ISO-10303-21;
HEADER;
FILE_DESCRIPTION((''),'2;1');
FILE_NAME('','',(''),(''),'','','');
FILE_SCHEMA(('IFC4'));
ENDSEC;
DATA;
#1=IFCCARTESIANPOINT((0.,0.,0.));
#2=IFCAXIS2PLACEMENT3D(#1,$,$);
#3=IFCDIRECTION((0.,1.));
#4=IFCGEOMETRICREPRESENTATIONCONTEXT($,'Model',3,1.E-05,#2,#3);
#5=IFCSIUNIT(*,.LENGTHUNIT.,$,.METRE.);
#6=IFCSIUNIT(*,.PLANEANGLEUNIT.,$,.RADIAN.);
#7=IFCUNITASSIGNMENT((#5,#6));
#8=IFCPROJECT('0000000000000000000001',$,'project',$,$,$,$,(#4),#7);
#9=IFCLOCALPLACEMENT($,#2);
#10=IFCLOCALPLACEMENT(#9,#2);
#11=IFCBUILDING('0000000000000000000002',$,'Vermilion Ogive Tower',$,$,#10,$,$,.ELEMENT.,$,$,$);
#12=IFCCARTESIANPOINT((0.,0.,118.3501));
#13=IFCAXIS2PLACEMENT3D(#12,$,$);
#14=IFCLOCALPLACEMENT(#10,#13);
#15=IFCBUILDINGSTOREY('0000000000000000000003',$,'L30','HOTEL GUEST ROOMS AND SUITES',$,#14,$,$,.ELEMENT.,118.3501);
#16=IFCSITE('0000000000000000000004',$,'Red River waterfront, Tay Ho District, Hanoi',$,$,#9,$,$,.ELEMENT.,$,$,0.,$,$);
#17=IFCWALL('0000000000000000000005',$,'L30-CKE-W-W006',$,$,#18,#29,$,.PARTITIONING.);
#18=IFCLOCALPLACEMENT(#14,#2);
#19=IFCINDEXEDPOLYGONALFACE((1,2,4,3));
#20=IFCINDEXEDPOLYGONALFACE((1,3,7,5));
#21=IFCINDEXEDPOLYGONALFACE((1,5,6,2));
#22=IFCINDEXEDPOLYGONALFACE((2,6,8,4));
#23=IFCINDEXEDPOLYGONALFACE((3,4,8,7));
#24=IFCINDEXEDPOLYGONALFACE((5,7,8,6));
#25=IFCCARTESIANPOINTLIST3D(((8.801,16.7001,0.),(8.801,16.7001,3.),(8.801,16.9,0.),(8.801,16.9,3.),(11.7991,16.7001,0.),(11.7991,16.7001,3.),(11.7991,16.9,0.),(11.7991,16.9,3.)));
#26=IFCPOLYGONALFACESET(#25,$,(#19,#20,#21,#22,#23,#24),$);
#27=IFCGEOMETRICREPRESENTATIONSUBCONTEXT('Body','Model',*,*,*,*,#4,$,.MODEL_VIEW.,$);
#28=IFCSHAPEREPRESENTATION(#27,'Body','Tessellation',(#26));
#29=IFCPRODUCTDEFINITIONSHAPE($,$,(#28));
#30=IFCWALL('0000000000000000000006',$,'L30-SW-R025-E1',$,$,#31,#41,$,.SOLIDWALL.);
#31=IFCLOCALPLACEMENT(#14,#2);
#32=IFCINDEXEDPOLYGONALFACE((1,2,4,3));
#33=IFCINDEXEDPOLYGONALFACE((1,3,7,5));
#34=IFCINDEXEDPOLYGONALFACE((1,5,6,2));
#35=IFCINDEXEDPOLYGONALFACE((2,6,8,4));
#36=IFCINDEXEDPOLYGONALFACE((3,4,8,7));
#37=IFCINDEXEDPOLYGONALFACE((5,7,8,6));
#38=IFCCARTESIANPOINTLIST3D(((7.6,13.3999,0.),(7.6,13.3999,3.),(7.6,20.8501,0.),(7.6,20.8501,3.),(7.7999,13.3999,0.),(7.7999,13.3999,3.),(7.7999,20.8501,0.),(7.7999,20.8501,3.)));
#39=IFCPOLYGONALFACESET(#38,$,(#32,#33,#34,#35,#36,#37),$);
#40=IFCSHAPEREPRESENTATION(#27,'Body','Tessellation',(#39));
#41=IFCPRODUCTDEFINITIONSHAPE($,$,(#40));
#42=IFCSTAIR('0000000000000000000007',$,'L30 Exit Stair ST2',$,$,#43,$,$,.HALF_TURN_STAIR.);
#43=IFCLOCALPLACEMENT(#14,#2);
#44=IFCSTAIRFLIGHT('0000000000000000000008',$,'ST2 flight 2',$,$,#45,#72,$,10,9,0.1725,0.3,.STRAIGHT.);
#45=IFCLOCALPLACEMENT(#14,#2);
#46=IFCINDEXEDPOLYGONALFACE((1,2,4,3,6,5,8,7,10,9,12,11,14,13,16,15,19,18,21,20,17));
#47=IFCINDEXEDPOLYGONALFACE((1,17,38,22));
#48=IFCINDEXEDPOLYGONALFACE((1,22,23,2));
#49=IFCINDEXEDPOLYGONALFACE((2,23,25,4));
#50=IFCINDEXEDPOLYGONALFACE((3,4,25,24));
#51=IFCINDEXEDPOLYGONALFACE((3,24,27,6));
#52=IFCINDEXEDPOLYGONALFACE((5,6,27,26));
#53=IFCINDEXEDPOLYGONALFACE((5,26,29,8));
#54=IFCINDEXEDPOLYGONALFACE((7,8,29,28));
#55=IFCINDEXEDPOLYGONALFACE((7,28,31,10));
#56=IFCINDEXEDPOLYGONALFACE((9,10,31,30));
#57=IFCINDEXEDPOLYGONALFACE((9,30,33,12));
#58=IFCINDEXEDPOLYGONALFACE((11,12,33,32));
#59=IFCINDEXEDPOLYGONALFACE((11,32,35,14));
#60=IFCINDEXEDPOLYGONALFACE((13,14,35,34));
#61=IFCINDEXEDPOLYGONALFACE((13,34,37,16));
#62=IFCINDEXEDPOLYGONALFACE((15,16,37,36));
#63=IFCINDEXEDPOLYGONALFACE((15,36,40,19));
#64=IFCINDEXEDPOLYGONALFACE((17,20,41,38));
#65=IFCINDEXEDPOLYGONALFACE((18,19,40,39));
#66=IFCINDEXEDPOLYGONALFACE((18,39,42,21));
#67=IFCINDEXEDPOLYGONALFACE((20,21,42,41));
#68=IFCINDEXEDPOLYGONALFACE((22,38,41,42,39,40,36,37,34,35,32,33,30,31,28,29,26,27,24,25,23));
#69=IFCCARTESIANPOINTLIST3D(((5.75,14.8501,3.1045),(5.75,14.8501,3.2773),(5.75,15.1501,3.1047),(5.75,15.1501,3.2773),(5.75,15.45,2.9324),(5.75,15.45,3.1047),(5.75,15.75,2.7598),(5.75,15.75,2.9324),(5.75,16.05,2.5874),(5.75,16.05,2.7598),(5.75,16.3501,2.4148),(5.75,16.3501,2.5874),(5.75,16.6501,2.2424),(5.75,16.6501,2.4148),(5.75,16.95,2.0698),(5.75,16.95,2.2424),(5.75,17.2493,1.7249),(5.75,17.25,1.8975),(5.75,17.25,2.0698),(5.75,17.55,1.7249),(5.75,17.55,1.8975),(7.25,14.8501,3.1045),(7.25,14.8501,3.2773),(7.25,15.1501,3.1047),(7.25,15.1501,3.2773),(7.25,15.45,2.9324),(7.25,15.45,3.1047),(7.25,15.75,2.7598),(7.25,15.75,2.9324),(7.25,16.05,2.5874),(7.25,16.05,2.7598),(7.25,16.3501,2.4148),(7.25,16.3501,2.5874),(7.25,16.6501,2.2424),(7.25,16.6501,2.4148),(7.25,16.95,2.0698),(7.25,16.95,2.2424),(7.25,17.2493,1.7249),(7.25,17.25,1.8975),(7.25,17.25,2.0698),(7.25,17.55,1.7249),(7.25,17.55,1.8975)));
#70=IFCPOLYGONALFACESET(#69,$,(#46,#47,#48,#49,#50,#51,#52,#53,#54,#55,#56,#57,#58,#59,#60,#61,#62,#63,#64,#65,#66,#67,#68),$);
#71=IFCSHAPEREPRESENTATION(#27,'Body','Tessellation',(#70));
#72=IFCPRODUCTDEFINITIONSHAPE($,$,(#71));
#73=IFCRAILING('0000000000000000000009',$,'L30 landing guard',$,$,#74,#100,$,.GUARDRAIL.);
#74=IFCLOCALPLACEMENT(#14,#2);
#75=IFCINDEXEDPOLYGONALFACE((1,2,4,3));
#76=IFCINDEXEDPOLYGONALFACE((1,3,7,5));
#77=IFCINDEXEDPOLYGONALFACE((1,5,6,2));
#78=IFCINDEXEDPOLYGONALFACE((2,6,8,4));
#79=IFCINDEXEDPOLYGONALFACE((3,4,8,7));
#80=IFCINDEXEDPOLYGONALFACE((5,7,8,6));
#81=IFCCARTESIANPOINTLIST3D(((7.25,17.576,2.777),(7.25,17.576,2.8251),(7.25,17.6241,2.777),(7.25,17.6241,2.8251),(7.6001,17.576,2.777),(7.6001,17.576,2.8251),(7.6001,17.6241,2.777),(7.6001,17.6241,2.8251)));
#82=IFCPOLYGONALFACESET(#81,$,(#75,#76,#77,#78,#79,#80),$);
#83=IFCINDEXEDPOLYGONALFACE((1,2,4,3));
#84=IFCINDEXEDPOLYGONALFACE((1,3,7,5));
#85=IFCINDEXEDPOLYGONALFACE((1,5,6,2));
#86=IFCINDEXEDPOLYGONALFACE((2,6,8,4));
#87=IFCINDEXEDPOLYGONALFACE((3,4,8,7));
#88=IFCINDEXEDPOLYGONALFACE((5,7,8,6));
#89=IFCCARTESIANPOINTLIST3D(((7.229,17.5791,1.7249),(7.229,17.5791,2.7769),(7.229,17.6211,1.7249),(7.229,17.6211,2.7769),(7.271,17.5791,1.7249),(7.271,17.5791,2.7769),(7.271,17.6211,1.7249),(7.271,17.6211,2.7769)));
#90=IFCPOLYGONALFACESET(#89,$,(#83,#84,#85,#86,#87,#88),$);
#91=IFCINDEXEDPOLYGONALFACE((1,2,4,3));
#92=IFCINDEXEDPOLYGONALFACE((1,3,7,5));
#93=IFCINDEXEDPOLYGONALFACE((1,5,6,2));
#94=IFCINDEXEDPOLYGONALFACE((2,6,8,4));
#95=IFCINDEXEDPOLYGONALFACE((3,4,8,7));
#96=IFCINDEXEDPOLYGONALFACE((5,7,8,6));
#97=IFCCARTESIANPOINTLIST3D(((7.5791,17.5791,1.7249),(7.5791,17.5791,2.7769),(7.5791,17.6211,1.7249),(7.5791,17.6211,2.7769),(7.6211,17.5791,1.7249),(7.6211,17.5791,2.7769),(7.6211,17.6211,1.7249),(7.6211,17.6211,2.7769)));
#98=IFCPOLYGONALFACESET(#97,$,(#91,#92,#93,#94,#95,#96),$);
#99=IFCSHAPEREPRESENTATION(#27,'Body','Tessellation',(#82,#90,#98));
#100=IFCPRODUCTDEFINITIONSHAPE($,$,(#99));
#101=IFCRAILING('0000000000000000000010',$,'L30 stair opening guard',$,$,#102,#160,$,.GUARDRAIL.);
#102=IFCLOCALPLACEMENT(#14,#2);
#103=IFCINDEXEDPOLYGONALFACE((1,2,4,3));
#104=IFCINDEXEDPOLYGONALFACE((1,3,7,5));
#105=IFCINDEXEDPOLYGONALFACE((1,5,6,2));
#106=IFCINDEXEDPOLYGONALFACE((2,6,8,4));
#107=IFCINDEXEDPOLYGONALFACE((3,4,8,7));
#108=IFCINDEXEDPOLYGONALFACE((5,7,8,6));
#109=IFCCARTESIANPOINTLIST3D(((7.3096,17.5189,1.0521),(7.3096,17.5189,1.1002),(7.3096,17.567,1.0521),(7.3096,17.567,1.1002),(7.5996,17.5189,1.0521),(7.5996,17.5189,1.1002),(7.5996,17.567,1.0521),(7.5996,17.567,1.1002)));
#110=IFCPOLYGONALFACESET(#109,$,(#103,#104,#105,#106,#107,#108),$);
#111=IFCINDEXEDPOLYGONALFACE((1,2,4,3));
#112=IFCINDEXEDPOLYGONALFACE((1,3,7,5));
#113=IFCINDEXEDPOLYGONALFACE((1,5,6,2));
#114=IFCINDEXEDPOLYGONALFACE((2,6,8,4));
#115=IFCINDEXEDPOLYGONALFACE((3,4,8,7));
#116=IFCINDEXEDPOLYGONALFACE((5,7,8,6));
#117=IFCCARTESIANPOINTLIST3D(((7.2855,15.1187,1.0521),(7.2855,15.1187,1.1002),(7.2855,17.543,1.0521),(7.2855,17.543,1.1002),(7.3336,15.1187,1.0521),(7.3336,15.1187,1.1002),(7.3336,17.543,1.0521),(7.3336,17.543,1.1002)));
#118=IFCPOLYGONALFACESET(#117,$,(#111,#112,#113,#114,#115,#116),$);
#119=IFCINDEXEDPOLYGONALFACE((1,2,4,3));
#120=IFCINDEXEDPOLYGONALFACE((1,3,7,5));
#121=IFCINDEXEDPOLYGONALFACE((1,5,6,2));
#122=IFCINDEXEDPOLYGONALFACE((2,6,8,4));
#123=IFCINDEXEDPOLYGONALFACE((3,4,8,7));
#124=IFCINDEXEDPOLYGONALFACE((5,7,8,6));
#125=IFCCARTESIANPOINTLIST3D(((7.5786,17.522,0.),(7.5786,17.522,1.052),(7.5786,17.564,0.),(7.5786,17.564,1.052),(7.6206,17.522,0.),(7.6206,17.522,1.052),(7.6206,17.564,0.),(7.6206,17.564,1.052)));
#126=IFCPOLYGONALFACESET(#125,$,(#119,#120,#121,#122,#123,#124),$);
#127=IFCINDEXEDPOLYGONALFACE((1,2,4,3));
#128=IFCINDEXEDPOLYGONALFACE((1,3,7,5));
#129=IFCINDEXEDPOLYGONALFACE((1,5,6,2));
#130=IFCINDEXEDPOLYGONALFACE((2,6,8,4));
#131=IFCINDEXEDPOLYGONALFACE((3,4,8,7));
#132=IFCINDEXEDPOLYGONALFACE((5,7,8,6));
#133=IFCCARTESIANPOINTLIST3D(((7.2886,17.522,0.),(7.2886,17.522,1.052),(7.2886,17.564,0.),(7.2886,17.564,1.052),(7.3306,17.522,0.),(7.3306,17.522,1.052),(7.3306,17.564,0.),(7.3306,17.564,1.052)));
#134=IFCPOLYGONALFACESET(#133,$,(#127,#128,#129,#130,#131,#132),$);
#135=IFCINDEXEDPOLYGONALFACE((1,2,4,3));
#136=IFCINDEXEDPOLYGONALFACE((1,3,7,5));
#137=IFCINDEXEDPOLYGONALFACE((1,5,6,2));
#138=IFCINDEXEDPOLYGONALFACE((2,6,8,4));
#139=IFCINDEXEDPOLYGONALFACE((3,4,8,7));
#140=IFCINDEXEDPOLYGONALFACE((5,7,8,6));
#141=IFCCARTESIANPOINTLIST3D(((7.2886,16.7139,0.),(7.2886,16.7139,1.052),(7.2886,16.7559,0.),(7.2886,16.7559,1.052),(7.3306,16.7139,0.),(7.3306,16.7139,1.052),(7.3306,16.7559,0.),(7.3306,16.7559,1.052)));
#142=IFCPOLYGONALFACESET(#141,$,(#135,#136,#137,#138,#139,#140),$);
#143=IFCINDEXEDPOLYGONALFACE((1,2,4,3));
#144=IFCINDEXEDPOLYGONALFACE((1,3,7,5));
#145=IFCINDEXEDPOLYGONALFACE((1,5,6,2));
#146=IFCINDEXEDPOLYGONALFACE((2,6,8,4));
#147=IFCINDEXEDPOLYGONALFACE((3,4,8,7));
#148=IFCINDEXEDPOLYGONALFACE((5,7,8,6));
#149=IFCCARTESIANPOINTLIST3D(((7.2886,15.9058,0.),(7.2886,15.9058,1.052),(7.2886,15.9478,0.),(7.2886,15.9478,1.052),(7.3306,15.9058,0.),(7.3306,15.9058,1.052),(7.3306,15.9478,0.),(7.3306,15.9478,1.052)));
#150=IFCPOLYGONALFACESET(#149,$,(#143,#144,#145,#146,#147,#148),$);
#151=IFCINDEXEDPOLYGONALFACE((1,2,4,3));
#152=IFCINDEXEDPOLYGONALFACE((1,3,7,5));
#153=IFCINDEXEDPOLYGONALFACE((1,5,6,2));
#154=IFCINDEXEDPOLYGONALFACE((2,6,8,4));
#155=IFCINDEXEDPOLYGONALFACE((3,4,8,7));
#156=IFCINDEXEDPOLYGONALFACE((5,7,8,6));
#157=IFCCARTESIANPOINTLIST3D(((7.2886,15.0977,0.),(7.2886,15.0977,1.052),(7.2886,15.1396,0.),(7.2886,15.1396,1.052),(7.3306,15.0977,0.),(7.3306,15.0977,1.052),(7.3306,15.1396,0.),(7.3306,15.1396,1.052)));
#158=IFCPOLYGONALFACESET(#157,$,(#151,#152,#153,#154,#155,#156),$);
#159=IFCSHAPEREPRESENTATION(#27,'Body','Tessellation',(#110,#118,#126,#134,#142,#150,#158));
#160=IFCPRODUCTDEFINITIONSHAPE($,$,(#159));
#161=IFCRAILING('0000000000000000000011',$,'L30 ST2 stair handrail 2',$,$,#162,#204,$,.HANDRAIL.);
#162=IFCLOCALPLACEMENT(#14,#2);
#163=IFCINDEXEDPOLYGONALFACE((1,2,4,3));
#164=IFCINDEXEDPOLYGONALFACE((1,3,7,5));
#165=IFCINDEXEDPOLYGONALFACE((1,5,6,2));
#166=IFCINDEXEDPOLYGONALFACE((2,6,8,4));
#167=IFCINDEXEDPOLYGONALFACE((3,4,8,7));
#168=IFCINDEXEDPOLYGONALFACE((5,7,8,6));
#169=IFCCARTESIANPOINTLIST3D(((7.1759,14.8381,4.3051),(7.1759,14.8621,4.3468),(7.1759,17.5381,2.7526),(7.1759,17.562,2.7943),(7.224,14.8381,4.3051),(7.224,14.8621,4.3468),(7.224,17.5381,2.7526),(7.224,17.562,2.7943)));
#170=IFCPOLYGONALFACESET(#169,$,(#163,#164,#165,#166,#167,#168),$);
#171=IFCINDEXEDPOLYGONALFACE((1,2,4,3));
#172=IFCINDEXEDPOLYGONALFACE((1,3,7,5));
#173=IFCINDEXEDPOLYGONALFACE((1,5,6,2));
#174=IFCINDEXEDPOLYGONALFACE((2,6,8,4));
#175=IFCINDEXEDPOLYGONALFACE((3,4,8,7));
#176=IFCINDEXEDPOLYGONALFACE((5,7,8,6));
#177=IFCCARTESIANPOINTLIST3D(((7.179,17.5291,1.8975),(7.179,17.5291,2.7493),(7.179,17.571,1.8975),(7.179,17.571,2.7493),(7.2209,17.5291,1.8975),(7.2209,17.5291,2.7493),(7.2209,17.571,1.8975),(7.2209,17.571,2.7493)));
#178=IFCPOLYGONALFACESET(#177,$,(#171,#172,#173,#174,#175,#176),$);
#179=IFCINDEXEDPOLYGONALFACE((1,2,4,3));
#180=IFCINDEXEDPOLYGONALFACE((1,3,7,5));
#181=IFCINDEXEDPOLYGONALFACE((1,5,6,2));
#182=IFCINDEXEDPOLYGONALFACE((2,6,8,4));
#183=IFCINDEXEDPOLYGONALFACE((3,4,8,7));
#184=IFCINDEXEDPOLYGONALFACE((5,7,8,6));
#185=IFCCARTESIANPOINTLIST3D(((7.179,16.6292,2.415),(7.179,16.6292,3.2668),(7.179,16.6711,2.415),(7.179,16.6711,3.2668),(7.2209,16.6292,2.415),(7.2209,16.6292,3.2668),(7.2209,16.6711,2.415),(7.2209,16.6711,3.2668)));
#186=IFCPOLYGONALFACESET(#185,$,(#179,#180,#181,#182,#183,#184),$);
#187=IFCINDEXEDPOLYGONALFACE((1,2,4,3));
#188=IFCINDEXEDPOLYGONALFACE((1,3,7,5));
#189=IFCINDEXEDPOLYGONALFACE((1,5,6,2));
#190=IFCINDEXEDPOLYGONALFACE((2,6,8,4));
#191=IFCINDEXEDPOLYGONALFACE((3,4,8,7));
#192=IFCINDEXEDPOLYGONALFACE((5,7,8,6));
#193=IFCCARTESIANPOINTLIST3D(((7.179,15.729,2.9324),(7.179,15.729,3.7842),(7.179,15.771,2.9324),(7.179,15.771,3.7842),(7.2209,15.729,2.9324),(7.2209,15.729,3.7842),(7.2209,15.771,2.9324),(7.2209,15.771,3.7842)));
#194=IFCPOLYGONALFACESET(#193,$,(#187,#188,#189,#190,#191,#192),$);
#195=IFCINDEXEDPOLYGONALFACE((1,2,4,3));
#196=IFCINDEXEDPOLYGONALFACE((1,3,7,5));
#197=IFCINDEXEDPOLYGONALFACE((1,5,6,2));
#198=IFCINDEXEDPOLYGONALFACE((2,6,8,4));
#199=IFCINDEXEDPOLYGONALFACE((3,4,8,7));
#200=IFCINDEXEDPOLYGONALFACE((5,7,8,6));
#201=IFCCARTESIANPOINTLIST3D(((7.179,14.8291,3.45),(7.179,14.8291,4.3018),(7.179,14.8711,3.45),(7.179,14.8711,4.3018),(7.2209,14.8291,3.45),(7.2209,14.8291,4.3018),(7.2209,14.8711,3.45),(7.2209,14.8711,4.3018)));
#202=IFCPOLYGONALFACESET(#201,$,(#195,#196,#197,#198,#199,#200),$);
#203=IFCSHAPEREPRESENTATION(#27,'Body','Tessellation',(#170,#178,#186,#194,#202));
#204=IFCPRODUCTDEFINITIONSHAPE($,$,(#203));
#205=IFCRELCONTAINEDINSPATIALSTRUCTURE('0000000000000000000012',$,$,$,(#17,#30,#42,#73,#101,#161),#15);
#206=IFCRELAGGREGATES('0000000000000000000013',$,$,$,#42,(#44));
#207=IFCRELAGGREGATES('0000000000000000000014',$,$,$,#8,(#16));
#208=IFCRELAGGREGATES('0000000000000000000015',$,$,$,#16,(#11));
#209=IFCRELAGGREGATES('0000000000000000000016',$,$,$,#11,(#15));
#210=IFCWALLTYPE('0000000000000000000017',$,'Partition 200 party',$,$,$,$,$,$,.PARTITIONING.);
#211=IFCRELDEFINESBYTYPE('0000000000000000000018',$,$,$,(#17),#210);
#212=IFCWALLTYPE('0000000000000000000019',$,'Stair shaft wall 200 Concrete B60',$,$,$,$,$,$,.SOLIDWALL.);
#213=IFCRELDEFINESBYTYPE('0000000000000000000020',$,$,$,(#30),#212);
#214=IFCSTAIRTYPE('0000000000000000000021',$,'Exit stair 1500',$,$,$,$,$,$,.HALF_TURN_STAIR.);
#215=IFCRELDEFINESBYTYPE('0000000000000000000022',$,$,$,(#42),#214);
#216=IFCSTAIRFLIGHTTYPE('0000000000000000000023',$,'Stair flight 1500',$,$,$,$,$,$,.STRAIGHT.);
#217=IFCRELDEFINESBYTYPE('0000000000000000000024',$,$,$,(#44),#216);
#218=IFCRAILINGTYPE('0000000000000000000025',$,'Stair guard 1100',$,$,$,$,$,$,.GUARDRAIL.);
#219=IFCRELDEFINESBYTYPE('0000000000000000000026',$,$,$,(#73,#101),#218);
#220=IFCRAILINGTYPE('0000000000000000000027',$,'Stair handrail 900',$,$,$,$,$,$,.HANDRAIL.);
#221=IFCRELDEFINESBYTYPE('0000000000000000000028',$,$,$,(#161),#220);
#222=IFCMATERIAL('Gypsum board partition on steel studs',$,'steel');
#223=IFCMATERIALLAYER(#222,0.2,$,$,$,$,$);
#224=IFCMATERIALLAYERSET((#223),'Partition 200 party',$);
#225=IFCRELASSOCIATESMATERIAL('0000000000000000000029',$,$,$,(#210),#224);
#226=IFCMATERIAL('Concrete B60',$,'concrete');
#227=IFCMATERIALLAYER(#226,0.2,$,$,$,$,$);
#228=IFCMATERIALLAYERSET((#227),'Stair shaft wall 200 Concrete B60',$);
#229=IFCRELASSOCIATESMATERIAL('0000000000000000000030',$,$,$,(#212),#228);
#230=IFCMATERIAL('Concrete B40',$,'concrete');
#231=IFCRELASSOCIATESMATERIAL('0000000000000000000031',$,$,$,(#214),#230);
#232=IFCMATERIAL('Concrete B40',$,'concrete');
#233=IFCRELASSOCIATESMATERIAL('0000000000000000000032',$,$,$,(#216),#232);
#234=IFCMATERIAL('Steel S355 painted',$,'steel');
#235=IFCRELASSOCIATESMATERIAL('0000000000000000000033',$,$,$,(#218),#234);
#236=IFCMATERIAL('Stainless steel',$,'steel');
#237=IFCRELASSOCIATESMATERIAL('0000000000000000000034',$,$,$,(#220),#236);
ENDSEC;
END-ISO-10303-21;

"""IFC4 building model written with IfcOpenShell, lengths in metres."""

from ifc_helpers import new_model, si_unit, direction, frame, frame_2d, origin, origin_2d, place, context, subcontext, project, spatial, polyline, rectangle, outline, extrude, material, layer, layer_set, type_object, element, aggregate, save


model = new_model("IFC4")

# Units and contexts
model_context = context("Model", 3, precision=1e-05, world=origin(), true_north=direction((0.0, 1.0)))
body_context = subcontext(model_context, "Body", "Model", "MODEL_VIEW")
ifc_project = project(units=[si_unit("LENGTHUNIT", "METRE"), si_unit("PLANEANGLEUNIT", "RADIAN")], contexts=[model_context])

# Site, building, storey
site_placement = place(None, origin())
site = spatial("IfcSite", under=ifc_project, at=site_placement, Name="Red River waterfront, Tay Ho District, Hanoi", CompositionType="ELEMENT", RefElevation=0.0)
building_placement = place(site_placement, origin())
building = spatial("IfcBuilding", under=site, at=building_placement, Name="Vermilion Ogive Tower", CompositionType="ELEMENT")
storey_placement = place(building_placement, frame((0.0, 0.0, 118.3501)))
storey = spatial("IfcBuildingStorey", under=building, at=storey_placement, Name="L30", Description="HOTEL GUEST ROOMS AND SUITES", CompositionType="ELEMENT", Elevation=118.3501)

# Walls
ifc_material_1 = material(Name="Gypsum board partition on steel studs", Category="steel")
ifc_layer_1 = layer(ifc_material_1, 0.2)
ifc_layer_set_1 = layer_set([ifc_layer_1], Name="Partition 200 party")
wall_type_1 = type_object("IfcWallType", Name="Partition 200 party", PredefinedType="PARTITIONING", material=ifc_layer_set_1)
wall_1_placement = place(storey_placement, frame((8.801, 16.8, 0.0), z_axis=(0.0, 0.0, 1.0), x_axis=(1.0, 0.0, 0.0)))
element("IfcWall", 1, at=wall_1_placement, inside=storey, type_object=wall_type_1, Name="L30-CKE-W-W006", PredefinedType="PARTITIONING", context=body_context, shape_type="SweptSolid", body=[
    extrude(rectangle(XDim=2.998, YDim=0.2, at=frame_2d((1.499, 0.0))), origin(), (0.0, 0.0, 1.0), 3.0),
])
ifc_material_2 = material(Name="Concrete B60", Category="concrete")
ifc_layer_2 = layer(ifc_material_2, 0.2)
ifc_layer_set_2 = layer_set([ifc_layer_2], Name="Stair shaft wall 200 Concrete B60")
wall_type_2 = type_object("IfcWallType", Name="Stair shaft wall 200 Concrete B60", PredefinedType="SOLIDWALL", material=ifc_layer_set_2)
wall_2_placement = place(storey_placement, frame((7.7, 13.3999, 0.0), z_axis=(0.0, 0.0, 1.0), x_axis=(0.0, 1.0, 0.0)))
element("IfcWall", 2, at=wall_2_placement, inside=storey, type_object=wall_type_2, Name="L30-SW-R025-E1", PredefinedType="SOLIDWALL", context=body_context, shape_type="SweptSolid", body=[
    extrude(rectangle(XDim=7.4502, YDim=0.2, at=frame_2d((3.7251, 0.0))), origin(), (0.0, 0.0, 1.0), 3.0),
])

# Stair, stair flight
ifc_material_3 = material(Name="Concrete B40", Category="concrete")
stair_type = type_object("IfcStairType", Name="Exit stair 1500", PredefinedType="HALF_TURN_STAIR", material=ifc_material_3)
stair_placement = place(storey_placement, origin())
stair = element("IfcStair", 3, at=stair_placement, inside=storey, type_object=stair_type, Name="L30 Exit Stair ST2", PredefinedType="HALF_TURN_STAIR")
ifc_material_4 = material(Name="Concrete B40", Category="concrete")
stair_flight_type = type_object("IfcStairFlightType", Name="Stair flight 1500", PredefinedType="STRAIGHT", material=ifc_material_4)
stair_flight_placement = place(storey_placement, frame((6.5, 17.55, 1.7249), z_axis=(0.0, 0.0, 1.0), x_axis=(0.0, -1.0, 0.0)))
stair_flight = element("IfcStairFlight", 4, at=stair_flight_placement, type_object=stair_flight_type, Name="ST2 flight 2", NumberOfRisers=10, NumberOfTreads=9, PredefinedType="STRAIGHT", RiserHeight=0.1725, TreadLength=0.3, context=body_context, shape_type="SweptSolid", body=[
    extrude(outline(polyline([(0.0, 0.0), (0.0, 0.1726), (0.3, 0.1726), (0.3, 0.345), (0.6001, 0.345), (0.6001, 0.5176), (0.8999, 0.5176), (0.8999, 0.6899), (1.2, 0.6899), (1.2, 0.8625), (1.5, 0.8625), (1.5, 1.0349), (1.8, 1.0349), (1.8, 1.2075), (2.1001, 1.2075), (2.1001, 1.3799), (2.3999, 1.3799), (2.3999, 1.5525), (2.7, 1.5525), (2.7, 1.7251), (2.7, 1.3796), (0.3008, 0.0), (0.0, 0.0)])), frame((0.0, 0.75, 0.0), z_axis=(0.0, -1.0, 0.0), x_axis=(1.0, 0.0, 0.0)), (0.0, 0.0, 1.0), 1.5),
])
aggregate(stair, [stair_flight])

# Railings
ifc_material_5 = material(Name="Steel S355 painted", Category="steel")
railing_type_1 = type_object("IfcRailingType", Name="Stair guard 1100", PredefinedType="GUARDRAIL", material=ifc_material_5)
railing_1_placement = place(storey_placement, frame((7.25, 17.6001, 1.7249)))
element("IfcRailing", 5, at=railing_1_placement, inside=storey, type_object=railing_type_1, Name="L30 landing guard", PredefinedType="GUARDRAIL", context=body_context, shape_type="SweptSolid", body=[
    extrude(rectangle(XDim=0.0481, YDim=0.0481, at=origin_2d()), frame((0.0, 0.0, 1.0762), z_axis=(1.0, 0.0, 0.0), x_axis=(0.0, 1.0, 0.0)), (0.0, 0.0, 1.0), 0.3501),
    extrude(rectangle(XDim=0.042, YDim=0.042, at=origin_2d()), origin(), (0.0, 0.0, 1.0), 1.052),
    extrude(rectangle(XDim=0.042, YDim=0.042, at=origin_2d()), frame((0.3501, 0.0, 0.0)), (0.0, 0.0, 1.0), 1.052),
])
railing_2_placement = place(storey_placement, frame((7.5996, 17.543, 0.0)))
element("IfcRailing", 6, at=railing_2_placement, inside=storey, type_object=railing_type_1, Name="L30 stair opening guard", PredefinedType="GUARDRAIL", context=body_context, shape_type="SweptSolid", body=[
    extrude(rectangle(XDim=0.0481, YDim=0.0481, at=origin_2d()), frame((0.0, 0.0, 1.0762), z_axis=(-1.0, 0.0, 0.0), x_axis=(0.0, -1.0, 0.0)), (0.0, 0.0, 1.0), 0.29),
    extrude(rectangle(XDim=0.0481, YDim=0.0481, at=origin_2d()), frame((-0.29, 0.0, 1.0762), z_axis=(0.0, -1.0, 0.0), x_axis=(1.0, 0.0, 0.0)), (0.0, 0.0, 1.0), 2.4243),
    extrude(rectangle(XDim=0.042, YDim=0.042, at=origin_2d()), origin(), (0.0, 0.0, 1.0), 1.052),
    extrude(rectangle(XDim=0.042, YDim=0.042, at=origin_2d()), frame((-0.29, 0.0, 0.0)), (0.0, 0.0, 1.0), 1.052),
    extrude(rectangle(XDim=0.042, YDim=0.042, at=origin_2d()), frame((-0.29, -0.8081, 0.0)), (0.0, 0.0, 1.0), 1.052),
    extrude(rectangle(XDim=0.042, YDim=0.042, at=origin_2d()), frame((-0.29, -1.6162, 0.0)), (0.0, 0.0, 1.0), 1.052),
    extrude(rectangle(XDim=0.042, YDim=0.042, at=origin_2d()), frame((-0.29, -2.4243, 0.0)), (0.0, 0.0, 1.0), 1.052),
])
ifc_material_6 = material(Name="Stainless steel", Category="steel")
railing_type_2 = type_object("IfcRailingType", Name="Stair handrail 900", PredefinedType="HANDRAIL", material=ifc_material_6)
railing_3_placement = place(storey_placement, frame((7.2, 17.55, 1.8975)))
element("IfcRailing", 7, at=railing_3_placement, inside=storey, type_object=railing_type_2, Name="L30 ST2 stair handrail 2", PredefinedType="HANDRAIL", context=body_context, shape_type="SweptSolid", body=[
    extrude(rectangle(XDim=0.0481, YDim=0.0481, at=origin_2d()), frame((0.0, 0.0, 0.876), z_axis=(0.0, -0.866904, 0.498476), x_axis=(1.0, 0.0, 0.0)), (0.0, 0.0, 1.0), 3.1145),
    extrude(rectangle(XDim=0.042, YDim=0.042, at=origin_2d()), origin(), (0.0, 0.0, 1.0), 0.8518),
    extrude(rectangle(XDim=0.042, YDim=0.042, at=origin_2d()), frame((0.0, -0.8999, 0.5176)), (0.0, 0.0, 1.0), 0.8518),
    extrude(rectangle(XDim=0.042, YDim=0.042, at=origin_2d()), frame((0.0, -1.8, 1.0349)), (0.0, 0.0, 1.0), 0.8518),
    extrude(rectangle(XDim=0.042, YDim=0.042, at=origin_2d()), frame((0.0, -2.7, 1.5525)), (0.0, 0.0, 1.0), 0.8518),
])

save(model, "model.ifc")
